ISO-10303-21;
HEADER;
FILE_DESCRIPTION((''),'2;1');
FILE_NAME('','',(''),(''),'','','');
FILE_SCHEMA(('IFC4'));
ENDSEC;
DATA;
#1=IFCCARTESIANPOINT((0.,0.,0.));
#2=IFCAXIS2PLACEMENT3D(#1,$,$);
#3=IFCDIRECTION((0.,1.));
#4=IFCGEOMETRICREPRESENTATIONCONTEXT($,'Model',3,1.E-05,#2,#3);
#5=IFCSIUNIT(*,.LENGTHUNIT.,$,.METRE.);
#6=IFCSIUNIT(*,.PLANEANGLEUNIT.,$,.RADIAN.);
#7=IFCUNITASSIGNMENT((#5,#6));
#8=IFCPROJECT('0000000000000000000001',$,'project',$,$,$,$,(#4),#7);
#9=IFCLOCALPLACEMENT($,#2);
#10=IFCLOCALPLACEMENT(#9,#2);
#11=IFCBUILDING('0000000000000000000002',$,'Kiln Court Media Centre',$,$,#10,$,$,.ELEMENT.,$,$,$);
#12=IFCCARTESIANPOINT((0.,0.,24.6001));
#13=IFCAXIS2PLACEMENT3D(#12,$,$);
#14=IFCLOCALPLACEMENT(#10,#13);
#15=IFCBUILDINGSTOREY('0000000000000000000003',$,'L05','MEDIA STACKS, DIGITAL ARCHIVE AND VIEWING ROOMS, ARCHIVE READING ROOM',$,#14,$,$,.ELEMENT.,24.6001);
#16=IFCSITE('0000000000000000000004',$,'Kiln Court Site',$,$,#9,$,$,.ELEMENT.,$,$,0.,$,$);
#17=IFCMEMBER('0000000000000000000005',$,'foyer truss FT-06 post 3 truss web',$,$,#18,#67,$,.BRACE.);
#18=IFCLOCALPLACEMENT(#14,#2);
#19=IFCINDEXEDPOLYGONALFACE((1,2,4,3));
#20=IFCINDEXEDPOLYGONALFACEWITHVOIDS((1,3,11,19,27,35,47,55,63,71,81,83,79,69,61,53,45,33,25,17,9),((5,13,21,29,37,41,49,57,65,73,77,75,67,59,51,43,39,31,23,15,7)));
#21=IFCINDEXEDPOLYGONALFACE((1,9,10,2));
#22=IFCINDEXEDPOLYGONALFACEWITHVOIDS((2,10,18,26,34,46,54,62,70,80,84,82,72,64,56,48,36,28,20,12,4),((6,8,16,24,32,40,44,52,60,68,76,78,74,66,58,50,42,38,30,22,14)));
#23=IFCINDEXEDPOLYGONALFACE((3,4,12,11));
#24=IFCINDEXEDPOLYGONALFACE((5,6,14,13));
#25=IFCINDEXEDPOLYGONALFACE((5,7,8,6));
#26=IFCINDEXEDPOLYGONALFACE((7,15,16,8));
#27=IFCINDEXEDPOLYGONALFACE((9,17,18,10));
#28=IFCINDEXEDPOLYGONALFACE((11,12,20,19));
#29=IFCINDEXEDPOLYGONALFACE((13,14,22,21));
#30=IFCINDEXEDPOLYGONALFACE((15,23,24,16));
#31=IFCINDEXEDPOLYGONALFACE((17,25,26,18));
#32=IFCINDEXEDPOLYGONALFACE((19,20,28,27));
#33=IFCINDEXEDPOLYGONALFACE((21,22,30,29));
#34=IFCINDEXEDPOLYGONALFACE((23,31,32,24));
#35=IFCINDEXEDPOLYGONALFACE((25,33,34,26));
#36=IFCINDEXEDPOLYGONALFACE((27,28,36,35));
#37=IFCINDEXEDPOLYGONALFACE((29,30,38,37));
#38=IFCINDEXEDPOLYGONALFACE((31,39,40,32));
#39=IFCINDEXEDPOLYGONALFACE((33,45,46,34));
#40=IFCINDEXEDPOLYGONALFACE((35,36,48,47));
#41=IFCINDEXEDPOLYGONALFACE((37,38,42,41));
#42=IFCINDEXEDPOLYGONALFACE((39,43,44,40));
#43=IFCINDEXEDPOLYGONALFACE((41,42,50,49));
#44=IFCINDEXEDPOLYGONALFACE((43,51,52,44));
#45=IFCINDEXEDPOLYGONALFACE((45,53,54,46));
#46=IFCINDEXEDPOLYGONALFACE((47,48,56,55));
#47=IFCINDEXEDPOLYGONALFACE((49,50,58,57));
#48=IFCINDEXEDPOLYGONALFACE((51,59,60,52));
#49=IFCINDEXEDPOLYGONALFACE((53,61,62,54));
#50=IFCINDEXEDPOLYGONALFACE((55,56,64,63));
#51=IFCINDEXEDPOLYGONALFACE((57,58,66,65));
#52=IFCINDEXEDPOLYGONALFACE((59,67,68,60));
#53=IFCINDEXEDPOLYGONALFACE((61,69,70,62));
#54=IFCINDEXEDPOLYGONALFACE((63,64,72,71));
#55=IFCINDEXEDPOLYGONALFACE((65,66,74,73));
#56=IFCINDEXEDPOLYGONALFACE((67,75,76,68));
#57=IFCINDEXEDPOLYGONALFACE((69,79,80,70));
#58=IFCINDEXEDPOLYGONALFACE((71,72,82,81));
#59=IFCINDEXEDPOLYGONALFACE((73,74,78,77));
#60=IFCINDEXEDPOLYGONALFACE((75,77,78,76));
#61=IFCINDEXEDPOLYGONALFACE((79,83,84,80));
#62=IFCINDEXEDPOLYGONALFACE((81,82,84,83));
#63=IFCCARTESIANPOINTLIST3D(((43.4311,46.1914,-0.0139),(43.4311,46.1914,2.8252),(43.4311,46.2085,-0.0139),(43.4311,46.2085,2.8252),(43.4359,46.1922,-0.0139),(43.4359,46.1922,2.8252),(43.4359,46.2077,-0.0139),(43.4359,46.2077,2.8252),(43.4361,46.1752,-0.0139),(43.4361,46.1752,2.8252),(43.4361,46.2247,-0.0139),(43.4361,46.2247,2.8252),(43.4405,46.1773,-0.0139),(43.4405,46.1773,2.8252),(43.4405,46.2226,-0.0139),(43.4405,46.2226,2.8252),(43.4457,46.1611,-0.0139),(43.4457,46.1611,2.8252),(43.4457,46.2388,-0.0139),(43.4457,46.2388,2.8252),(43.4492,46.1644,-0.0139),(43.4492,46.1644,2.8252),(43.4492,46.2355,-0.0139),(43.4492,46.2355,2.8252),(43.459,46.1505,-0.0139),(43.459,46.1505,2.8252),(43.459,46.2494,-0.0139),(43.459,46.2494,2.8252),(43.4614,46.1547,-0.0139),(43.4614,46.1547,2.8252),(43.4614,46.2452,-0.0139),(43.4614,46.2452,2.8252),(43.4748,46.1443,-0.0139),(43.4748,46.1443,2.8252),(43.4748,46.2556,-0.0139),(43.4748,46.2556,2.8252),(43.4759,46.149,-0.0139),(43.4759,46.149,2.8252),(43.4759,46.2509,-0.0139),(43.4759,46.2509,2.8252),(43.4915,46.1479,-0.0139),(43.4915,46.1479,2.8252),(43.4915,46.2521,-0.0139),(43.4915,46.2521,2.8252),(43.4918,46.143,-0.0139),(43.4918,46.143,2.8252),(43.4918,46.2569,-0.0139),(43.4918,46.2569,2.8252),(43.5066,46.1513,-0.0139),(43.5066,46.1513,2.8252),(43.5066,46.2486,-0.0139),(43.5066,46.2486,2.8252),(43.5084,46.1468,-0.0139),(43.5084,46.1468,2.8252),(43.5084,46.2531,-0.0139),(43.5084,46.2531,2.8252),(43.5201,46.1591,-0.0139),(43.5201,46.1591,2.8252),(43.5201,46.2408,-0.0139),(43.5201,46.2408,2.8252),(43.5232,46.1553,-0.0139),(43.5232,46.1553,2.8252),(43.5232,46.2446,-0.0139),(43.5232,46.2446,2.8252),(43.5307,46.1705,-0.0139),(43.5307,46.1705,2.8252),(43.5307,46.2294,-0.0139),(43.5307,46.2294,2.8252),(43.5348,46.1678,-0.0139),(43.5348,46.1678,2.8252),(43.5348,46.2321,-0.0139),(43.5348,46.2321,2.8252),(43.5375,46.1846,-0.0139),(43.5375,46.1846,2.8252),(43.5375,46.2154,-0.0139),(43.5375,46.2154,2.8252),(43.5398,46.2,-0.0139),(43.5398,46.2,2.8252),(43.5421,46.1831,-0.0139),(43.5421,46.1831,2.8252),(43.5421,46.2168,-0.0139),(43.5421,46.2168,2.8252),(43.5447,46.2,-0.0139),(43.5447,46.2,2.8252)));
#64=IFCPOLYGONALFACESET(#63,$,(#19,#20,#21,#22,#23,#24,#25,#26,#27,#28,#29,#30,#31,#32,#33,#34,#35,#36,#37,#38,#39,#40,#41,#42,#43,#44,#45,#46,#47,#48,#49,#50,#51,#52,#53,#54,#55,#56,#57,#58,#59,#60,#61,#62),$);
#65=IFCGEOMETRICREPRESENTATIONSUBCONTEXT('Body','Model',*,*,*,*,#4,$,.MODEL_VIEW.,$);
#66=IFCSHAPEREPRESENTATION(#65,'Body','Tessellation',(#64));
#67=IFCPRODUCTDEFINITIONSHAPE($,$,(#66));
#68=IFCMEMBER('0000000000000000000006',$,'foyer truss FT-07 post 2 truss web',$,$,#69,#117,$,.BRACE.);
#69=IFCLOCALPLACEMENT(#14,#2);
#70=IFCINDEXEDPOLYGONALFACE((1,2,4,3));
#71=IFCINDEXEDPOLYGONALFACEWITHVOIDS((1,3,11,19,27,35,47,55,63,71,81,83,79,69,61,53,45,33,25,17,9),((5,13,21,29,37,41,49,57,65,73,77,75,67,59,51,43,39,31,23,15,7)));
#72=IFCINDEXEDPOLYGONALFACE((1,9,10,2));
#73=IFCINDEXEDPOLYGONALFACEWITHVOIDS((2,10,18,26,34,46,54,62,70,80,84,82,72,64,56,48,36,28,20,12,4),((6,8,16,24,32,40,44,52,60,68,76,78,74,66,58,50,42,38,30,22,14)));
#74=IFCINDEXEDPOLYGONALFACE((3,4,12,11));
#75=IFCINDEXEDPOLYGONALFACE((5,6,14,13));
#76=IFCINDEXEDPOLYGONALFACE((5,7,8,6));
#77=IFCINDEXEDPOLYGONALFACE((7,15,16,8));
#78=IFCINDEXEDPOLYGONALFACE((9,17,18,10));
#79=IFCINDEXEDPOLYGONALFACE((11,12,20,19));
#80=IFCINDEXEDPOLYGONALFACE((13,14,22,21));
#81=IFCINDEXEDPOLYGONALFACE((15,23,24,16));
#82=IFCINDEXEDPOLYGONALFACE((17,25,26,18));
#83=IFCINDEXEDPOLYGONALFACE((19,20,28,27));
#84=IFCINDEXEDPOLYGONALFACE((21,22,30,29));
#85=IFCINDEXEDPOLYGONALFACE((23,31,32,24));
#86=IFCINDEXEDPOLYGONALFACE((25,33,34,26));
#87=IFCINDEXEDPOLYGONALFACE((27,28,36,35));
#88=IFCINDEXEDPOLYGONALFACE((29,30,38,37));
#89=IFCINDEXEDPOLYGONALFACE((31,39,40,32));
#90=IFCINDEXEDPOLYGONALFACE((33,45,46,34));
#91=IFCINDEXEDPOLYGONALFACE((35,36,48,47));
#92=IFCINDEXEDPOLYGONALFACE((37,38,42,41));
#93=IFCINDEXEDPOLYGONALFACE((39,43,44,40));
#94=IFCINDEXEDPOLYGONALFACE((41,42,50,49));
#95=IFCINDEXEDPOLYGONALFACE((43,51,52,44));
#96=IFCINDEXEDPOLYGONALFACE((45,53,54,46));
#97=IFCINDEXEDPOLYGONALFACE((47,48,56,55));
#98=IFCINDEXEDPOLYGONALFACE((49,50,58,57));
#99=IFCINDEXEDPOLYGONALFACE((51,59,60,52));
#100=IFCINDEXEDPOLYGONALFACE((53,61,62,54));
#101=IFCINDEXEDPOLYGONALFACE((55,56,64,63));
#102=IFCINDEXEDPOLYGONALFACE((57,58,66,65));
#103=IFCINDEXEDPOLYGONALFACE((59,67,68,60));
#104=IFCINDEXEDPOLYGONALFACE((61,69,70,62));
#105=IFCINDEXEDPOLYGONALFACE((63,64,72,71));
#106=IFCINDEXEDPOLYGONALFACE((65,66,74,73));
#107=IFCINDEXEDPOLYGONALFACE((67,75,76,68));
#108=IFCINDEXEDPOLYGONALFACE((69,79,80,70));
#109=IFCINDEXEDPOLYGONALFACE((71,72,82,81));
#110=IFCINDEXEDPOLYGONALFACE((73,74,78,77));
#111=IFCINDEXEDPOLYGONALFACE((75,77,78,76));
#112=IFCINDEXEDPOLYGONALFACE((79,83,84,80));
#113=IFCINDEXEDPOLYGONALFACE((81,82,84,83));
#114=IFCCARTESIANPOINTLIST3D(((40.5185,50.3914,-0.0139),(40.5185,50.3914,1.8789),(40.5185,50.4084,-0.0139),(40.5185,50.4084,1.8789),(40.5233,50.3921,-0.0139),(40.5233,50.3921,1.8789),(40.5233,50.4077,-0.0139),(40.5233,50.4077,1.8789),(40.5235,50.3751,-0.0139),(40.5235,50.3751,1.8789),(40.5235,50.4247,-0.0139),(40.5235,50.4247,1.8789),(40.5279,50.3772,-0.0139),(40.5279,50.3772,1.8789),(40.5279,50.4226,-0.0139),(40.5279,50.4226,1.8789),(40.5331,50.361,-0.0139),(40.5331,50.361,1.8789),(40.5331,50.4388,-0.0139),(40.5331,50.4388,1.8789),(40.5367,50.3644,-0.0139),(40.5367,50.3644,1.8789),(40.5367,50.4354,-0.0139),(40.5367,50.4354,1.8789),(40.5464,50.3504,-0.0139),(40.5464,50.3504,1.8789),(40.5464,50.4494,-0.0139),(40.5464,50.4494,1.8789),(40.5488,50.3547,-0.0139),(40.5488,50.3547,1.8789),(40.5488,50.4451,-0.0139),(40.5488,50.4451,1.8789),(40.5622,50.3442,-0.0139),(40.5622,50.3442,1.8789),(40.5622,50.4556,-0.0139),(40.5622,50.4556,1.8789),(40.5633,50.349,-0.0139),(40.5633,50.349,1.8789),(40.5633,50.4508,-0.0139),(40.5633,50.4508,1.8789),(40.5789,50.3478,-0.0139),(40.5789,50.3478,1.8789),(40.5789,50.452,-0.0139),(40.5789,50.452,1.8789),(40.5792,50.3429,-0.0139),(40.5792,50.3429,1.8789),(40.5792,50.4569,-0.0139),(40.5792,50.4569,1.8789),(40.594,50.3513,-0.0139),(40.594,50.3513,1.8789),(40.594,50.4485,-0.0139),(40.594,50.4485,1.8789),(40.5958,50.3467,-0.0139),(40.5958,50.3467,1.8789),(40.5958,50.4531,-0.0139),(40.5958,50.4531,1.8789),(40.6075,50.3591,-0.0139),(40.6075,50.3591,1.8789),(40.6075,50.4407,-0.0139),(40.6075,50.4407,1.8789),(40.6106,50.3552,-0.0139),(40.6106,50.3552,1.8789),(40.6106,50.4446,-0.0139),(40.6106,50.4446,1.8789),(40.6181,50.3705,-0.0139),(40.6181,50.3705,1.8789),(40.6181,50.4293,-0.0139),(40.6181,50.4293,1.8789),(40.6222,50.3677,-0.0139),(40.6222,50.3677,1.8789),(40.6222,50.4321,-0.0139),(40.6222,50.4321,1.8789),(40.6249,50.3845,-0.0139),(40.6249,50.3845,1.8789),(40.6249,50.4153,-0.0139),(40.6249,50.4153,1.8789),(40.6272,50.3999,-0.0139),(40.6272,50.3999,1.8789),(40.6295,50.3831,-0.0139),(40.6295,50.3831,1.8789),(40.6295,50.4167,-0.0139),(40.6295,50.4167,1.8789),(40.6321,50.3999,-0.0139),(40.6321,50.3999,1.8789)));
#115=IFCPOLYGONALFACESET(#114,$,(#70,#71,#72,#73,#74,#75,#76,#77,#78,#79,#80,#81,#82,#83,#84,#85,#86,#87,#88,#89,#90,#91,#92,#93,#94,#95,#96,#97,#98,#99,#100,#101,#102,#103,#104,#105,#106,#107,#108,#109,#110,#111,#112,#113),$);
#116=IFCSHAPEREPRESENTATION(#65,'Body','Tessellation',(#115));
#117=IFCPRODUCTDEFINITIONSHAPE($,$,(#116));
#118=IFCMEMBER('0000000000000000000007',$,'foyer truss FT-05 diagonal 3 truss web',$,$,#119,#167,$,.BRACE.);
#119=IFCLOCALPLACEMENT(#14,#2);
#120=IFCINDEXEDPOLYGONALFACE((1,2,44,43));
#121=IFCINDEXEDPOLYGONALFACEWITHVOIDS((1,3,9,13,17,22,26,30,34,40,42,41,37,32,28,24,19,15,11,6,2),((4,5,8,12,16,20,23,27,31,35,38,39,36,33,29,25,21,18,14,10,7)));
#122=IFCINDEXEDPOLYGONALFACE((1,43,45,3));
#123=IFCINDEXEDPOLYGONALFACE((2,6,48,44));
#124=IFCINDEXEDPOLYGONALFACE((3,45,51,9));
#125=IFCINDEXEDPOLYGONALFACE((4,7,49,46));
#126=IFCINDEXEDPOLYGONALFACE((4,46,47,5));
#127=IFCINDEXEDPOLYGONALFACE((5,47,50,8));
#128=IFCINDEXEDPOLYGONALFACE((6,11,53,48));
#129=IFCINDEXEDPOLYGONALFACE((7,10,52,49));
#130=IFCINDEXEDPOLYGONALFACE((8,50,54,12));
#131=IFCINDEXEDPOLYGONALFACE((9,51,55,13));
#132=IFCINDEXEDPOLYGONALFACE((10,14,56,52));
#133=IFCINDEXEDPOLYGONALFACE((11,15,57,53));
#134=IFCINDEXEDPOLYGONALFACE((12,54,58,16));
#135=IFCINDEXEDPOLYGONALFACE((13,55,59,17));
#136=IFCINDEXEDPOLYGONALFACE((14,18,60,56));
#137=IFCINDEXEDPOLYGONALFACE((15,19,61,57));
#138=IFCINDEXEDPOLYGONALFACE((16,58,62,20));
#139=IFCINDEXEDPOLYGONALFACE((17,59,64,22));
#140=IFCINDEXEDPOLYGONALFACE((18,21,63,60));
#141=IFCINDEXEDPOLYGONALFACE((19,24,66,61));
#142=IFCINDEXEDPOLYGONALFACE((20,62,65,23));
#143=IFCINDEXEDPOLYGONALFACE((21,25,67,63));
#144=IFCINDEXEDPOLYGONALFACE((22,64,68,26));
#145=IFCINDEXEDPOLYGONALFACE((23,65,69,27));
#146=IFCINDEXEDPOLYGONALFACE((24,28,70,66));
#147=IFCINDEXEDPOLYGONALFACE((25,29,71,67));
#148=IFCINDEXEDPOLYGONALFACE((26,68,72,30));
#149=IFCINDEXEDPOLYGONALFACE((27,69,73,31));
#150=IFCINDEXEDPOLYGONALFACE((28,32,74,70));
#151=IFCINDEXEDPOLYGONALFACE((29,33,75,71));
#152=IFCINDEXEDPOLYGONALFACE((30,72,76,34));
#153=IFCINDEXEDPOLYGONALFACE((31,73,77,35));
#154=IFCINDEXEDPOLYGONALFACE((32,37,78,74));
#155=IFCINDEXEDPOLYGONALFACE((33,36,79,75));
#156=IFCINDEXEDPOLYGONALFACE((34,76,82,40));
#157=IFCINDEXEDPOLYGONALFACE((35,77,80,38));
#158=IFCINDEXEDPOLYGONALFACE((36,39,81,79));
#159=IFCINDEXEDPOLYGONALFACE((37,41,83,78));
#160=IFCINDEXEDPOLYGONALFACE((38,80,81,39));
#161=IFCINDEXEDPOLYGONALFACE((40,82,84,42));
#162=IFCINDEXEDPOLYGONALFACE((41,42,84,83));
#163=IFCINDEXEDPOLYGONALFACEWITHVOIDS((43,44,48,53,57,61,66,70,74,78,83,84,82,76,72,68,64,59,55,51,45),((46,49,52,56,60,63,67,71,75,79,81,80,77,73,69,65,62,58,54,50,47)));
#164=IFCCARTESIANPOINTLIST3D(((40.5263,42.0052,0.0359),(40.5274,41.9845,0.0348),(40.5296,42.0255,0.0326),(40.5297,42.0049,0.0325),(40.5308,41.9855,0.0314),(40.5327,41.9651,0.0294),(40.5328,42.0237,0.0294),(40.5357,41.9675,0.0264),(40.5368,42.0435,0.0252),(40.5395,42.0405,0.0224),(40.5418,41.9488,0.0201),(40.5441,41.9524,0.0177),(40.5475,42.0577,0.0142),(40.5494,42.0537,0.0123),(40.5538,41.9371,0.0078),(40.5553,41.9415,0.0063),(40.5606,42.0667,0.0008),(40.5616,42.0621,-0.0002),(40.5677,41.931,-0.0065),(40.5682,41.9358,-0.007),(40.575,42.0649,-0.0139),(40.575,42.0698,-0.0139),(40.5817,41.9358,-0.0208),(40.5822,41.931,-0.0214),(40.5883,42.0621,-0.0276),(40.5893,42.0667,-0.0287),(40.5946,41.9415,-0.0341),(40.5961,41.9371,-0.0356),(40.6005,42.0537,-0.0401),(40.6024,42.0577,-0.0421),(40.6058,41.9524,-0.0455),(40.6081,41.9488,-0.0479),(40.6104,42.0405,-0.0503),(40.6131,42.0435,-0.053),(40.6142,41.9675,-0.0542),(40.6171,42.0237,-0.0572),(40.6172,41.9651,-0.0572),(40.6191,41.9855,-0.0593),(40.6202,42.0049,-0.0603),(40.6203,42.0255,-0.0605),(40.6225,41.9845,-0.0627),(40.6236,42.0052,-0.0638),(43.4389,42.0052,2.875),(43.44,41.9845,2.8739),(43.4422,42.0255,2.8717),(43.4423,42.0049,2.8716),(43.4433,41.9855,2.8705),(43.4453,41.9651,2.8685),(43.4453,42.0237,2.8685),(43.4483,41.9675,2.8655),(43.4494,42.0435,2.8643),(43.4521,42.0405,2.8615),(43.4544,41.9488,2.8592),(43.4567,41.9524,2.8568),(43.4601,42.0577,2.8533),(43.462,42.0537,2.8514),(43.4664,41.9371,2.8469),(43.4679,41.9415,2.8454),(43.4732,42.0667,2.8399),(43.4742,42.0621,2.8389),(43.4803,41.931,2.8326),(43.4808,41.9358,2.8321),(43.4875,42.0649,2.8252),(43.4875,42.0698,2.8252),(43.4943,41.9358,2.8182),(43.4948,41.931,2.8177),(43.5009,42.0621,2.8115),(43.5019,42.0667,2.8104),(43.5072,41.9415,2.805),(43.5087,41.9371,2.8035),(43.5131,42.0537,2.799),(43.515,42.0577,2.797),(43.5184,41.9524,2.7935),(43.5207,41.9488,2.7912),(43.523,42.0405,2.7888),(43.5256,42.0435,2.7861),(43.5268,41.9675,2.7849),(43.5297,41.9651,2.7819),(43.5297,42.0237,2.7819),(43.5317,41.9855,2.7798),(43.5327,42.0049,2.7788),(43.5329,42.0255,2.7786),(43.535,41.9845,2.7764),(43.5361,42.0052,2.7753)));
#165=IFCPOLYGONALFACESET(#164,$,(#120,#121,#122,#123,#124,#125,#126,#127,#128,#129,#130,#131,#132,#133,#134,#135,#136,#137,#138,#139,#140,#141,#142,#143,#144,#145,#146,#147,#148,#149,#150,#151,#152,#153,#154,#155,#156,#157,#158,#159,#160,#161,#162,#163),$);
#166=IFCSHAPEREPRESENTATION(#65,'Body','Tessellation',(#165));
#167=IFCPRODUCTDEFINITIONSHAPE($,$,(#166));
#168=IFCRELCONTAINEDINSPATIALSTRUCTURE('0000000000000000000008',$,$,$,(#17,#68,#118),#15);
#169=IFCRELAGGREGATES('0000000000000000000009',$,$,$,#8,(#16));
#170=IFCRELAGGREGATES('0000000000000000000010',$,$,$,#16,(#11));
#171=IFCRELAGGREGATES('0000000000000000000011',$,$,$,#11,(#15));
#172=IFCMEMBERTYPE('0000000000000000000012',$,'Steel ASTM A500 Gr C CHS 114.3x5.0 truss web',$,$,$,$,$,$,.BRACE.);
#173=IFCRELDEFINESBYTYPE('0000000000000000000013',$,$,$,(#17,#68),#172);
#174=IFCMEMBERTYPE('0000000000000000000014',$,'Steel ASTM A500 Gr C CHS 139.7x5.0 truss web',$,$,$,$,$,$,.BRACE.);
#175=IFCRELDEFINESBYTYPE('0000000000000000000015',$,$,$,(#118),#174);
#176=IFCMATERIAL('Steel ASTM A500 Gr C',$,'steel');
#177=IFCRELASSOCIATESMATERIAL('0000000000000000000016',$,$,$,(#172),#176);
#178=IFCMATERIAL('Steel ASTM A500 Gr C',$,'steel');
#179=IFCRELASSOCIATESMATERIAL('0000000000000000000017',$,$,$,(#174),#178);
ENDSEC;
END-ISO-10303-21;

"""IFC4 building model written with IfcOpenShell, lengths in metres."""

from ifc_helpers import new_model, si_unit, direction, frame, origin, origin_2d, place, context, subcontext, project, spatial, hollow_circle, extrude, material, material_profile, profile_set, type_object, element, save


model = new_model("IFC4")

# Units and contexts
model_context = context("Model", 3, precision=1e-05, world=origin(), true_north=direction((0.0, 1.0)))
body_context = subcontext(model_context, "Body", "Model", "MODEL_VIEW")
ifc_project = project(units=[si_unit("LENGTHUNIT", "METRE"), si_unit("PLANEANGLEUNIT", "RADIAN")], contexts=[model_context])

# Site, building, storey
site_placement = place(None, origin())
site = spatial("IfcSite", under=ifc_project, at=site_placement, Name="Kiln Court Site", CompositionType="ELEMENT", RefElevation=0.0)
building_placement = place(site_placement, origin())
building = spatial("IfcBuilding", under=site, at=building_placement, Name="Kiln Court Media Centre", CompositionType="ELEMENT")
storey_placement = place(building_placement, frame((0.0, 0.0, 24.6001)))
storey = spatial("IfcBuildingStorey", under=building, at=storey_placement, Name="L05", Description="MEDIA STACKS, DIGITAL ARCHIVE AND VIEWING ROOMS, ARCHIVE READING ROOM", CompositionType="ELEMENT", Elevation=24.6001)

# Members
ifc_material_1 = material(Name="Steel ASTM A500 Gr C", Category="steel")
ifc_material_profile_1 = material_profile(ifc_material_1, hollow_circle(Radius=0.0571, WallThickness=0.0049, at=origin_2d()), Name="CHS 114.3x5.0")
ifc_profile_set_1 = profile_set([ifc_material_profile_1], Name="Steel ASTM A500 Gr C")
member_type_1 = type_object("IfcMemberType", Name="Steel ASTM A500 Gr C CHS 114.3x5.0 truss web", PredefinedType="BRACE", material=ifc_profile_set_1)
member_1_placement = place(storey_placement, frame((43.4875, 46.2, -0.0139), z_axis=(0.0, 0.0, 1.0), x_axis=(1.0, 0.0, 0.0)))
element("IfcMember", 1, at=member_1_placement, inside=storey, type_object=member_type_1, Name="foyer truss FT-06 post 3 truss web", PredefinedType="BRACE", context=body_context, shape_type="SweptSolid", body=[
    extrude(hollow_circle(Radius=0.0571, WallThickness=0.0049, at=origin_2d()), origin(), (0.0, 0.0, 1.0), 2.8391),
])
member_2_placement = place(storey_placement, frame((40.575, 50.3999, -0.0139), z_axis=(0.0, 0.0, 1.0), x_axis=(1.0, 0.0, 0.0)))
element("IfcMember", 2, at=member_2_placement, inside=storey, type_object=member_type_1, Name="foyer truss FT-07 post 2 truss web", PredefinedType="BRACE", context=body_context, shape_type="SweptSolid", body=[
    extrude(hollow_circle(Radius=0.0571, WallThickness=0.0049, at=origin_2d()), origin(), (0.0, 0.0, 1.0), 1.8928),
])
ifc_material_2 = material(Name="Steel ASTM A500 Gr C", Category="steel")
ifc_material_profile_2 = material_profile(ifc_material_2, hollow_circle(Radius=0.0698, WallThickness=0.0049, at=origin_2d()), Name="CHS 139.7x5.0")
ifc_profile_set_2 = profile_set([ifc_material_profile_2], Name="Steel ASTM A500 Gr C")
member_type_2 = type_object("IfcMemberType", Name="Steel ASTM A500 Gr C CHS 139.7x5.0 truss web", PredefinedType="BRACE", material=ifc_profile_set_2)
member_3_placement = place(storey_placement, frame((40.575, 42.0, -0.0139), z_axis=(0.716083, 0.0, 0.698016), x_axis=(0.0, 1.0, 0.0)))
element("IfcMember", 3, at=member_3_placement, inside=storey, type_object=member_type_2, Name="foyer truss FT-05 diagonal 3 truss web", PredefinedType="BRACE", context=body_context, shape_type="SweptSolid", body=[
    extrude(hollow_circle(Radius=0.0698, WallThickness=0.0049, at=origin_2d()), origin(), (0.0, 0.0, 1.0), 4.0674),
])

save(model, "model.ifc")
